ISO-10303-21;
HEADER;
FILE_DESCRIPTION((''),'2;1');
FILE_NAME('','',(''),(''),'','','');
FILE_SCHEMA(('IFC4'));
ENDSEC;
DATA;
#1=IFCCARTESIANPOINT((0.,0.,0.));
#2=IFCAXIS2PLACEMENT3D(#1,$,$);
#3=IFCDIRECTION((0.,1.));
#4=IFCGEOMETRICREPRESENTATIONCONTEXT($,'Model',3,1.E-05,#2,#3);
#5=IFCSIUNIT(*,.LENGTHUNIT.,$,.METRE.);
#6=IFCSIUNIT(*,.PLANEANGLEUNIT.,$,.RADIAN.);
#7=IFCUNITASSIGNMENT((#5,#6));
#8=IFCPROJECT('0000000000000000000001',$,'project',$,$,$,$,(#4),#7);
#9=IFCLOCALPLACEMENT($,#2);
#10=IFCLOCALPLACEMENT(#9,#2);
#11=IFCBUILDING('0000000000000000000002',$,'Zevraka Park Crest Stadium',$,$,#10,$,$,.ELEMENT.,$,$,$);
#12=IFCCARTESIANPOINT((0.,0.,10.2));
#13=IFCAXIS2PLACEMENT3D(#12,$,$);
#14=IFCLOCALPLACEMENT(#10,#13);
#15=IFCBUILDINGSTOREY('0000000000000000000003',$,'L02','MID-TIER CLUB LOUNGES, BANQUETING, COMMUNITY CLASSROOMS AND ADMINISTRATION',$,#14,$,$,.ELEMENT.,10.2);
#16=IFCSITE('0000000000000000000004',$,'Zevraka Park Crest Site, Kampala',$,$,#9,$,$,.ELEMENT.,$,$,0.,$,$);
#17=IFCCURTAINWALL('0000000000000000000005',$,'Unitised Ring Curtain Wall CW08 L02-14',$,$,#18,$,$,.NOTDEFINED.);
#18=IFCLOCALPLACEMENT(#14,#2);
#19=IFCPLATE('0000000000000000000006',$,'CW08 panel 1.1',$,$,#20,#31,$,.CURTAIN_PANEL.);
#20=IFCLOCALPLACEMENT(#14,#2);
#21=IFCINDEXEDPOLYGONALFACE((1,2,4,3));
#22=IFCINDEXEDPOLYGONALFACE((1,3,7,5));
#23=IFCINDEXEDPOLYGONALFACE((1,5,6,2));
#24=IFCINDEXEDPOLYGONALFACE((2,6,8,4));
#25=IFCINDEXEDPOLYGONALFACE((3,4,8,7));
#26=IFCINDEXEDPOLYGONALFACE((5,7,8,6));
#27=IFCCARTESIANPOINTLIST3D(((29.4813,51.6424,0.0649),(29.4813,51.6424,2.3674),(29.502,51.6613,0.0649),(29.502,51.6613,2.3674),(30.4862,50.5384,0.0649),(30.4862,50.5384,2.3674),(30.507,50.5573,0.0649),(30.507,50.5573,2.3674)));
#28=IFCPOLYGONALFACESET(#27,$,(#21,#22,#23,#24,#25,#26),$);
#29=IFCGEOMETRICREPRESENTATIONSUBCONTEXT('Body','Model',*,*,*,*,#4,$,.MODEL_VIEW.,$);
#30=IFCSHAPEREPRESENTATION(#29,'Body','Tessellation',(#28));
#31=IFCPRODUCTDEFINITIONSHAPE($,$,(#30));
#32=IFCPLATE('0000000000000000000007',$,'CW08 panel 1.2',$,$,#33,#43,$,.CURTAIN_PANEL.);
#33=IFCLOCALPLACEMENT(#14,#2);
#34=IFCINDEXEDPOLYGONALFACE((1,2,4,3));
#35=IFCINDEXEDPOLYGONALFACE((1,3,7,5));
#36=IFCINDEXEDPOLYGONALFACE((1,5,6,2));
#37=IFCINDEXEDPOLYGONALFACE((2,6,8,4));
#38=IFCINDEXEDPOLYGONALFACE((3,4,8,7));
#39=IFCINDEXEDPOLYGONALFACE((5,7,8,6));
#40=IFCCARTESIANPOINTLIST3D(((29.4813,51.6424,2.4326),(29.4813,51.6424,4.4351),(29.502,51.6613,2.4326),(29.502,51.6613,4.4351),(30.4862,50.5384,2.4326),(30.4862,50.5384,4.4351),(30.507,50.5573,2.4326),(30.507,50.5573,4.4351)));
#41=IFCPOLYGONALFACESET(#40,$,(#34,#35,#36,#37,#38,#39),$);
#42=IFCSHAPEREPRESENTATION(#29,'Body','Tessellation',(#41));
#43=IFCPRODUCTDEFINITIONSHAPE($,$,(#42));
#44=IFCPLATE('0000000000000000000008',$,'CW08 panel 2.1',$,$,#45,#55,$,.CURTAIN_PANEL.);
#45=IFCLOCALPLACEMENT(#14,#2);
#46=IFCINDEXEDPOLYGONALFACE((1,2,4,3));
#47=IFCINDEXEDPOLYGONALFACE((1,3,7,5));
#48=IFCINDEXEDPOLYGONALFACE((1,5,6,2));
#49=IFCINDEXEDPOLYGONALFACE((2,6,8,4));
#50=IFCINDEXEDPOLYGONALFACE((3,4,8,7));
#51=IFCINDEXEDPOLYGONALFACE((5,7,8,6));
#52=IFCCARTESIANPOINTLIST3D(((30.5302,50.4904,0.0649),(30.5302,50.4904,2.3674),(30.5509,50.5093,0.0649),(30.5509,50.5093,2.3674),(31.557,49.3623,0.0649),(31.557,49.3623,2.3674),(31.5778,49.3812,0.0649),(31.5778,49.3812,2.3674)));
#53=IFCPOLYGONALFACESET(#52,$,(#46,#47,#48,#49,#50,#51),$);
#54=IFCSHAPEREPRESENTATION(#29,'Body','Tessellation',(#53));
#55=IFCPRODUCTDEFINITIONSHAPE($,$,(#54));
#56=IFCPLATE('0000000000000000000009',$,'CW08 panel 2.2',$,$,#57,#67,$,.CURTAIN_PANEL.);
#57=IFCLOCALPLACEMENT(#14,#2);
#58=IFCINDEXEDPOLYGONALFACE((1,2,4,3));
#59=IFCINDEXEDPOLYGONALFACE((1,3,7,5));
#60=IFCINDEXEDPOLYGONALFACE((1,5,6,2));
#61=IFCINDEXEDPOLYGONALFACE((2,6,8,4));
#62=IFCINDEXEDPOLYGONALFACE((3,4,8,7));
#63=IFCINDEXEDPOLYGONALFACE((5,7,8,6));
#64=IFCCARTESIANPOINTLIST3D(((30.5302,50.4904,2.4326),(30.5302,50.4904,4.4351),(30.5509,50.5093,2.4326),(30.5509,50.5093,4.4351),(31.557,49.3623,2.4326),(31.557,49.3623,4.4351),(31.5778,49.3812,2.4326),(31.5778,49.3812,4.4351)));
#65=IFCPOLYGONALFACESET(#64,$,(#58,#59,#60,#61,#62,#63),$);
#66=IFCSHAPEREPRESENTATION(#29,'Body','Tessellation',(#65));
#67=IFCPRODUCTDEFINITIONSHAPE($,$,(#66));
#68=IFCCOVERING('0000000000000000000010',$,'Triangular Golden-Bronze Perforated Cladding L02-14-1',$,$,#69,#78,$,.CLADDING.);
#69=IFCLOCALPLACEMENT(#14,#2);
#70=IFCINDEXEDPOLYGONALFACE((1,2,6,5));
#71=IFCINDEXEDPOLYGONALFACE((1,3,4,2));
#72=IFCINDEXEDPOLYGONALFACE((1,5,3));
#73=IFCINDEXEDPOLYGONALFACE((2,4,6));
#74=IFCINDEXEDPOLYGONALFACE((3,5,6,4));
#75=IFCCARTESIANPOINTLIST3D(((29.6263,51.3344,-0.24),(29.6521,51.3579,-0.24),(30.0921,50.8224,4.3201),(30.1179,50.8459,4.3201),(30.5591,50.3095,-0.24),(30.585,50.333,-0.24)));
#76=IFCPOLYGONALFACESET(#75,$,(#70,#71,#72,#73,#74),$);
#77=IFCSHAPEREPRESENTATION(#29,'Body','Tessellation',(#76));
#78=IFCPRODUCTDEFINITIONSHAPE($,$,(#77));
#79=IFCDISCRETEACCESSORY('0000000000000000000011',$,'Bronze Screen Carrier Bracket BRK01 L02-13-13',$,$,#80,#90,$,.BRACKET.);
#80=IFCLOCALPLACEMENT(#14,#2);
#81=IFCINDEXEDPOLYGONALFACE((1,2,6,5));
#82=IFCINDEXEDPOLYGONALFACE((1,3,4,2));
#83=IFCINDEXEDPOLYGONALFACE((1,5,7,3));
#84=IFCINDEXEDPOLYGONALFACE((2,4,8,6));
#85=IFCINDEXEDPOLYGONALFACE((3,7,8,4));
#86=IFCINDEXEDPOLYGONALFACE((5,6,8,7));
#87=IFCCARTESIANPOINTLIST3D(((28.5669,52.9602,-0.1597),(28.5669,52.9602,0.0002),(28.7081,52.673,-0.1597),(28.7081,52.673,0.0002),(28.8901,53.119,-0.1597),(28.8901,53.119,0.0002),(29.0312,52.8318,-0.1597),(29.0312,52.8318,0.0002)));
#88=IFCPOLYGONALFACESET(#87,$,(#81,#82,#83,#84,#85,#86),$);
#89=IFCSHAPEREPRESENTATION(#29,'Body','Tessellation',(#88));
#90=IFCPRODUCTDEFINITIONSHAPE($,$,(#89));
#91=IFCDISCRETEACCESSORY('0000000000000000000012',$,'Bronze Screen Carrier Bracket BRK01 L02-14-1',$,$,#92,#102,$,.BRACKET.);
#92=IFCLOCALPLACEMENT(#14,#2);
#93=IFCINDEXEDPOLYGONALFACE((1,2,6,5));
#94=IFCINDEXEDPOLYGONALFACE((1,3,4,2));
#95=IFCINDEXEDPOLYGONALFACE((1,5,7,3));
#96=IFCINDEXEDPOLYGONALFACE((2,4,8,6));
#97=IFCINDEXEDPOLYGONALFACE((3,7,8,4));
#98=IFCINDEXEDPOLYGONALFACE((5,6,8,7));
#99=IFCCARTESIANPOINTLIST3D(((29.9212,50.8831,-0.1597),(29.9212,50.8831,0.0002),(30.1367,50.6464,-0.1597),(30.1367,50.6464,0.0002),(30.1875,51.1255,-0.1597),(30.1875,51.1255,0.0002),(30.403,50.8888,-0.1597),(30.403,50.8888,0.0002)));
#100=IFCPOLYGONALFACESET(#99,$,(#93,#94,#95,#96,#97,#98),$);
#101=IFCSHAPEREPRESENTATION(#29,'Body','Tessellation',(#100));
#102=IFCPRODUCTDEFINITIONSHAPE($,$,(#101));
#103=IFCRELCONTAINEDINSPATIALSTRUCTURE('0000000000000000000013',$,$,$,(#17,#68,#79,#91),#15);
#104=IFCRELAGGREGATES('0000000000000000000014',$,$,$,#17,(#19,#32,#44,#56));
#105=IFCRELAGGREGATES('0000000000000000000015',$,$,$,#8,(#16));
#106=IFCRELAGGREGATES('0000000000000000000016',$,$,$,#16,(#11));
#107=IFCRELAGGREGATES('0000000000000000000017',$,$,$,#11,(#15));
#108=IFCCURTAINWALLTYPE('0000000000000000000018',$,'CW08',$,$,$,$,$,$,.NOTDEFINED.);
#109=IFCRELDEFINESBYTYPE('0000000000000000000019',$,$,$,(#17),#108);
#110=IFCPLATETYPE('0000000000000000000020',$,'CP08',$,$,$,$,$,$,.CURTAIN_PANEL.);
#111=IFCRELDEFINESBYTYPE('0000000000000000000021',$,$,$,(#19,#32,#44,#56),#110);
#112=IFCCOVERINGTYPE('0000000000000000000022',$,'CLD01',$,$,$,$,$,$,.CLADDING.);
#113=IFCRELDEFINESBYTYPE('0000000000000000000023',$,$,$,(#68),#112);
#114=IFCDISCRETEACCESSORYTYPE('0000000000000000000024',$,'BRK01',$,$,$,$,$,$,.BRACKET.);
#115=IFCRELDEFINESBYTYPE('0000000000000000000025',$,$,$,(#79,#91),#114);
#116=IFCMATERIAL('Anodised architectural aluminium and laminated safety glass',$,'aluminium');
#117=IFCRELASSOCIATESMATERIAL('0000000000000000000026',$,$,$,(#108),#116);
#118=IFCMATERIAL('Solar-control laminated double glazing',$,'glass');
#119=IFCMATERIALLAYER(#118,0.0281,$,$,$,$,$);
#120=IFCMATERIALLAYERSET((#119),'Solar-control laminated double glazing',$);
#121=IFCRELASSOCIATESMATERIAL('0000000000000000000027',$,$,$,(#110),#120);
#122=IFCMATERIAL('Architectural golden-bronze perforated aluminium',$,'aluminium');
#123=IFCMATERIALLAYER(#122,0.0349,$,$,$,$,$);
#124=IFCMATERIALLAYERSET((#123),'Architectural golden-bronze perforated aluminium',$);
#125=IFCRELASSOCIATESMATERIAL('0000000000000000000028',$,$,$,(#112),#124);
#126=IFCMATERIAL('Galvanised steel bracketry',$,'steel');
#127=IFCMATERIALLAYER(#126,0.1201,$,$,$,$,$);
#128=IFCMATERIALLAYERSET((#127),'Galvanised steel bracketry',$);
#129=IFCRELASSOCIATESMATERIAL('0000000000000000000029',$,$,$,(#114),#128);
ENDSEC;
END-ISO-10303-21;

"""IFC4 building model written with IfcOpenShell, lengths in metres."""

from ifc_helpers import new_model, si_unit, direction, frame, origin, origin_2d, place, context, subcontext, project, spatial, polyline, rectangle, outline, extrude, material, layer, layer_set, type_object, element, aggregate, save


model = new_model("IFC4")

# Units and contexts
model_context = context("Model", 3, precision=1e-05, world=origin(), true_north=direction((0.0, 1.0)))
body_context = subcontext(model_context, "Body", "Model", "MODEL_VIEW")
ifc_project = project(units=[si_unit("LENGTHUNIT", "METRE"), si_unit("PLANEANGLEUNIT", "RADIAN")], contexts=[model_context])

# Site, building, storey
site_placement = place(None, origin())
site = spatial("IfcSite", under=ifc_project, at=site_placement, Name="Zevraka Park Crest Site, Kampala", CompositionType="ELEMENT", RefElevation=0.0)
building_placement = place(site_placement, origin())
building = spatial("IfcBuilding", under=site, at=building_placement, Name="Zevraka Park Crest Stadium", CompositionType="ELEMENT")
storey_placement = place(building_placement, frame((0.0, 0.0, 10.2)))
storey = spatial("IfcBuildingStorey", under=building, at=storey_placement, Name="L02", Description="MID-TIER CLUB LOUNGES, BANQUETING, COMMUNITY CLASSROOMS AND ADMINISTRATION", CompositionType="ELEMENT", Elevation=10.2)

# Curtain wall
ifc_material_1 = material(Name="Anodised architectural aluminium and laminated safety glass", Category="aluminium")
curtain_wall_type_1 = type_object("IfcCurtainWallType", Name="CW08", PredefinedType="NOTDEFINED", material=ifc_material_1)
curtain_wall_1_placement = place(storey_placement, origin())
curtain_wall_1 = element("IfcCurtainWall", 1, at=curtain_wall_1_placement, inside=storey, type_object=curtain_wall_type_1, Name="Unitised Ring Curtain Wall CW08 L02-14", PredefinedType="NOTDEFINED")

# Plates
ifc_material_2 = material(Name="Solar-control laminated double glazing", Category="glass")
ifc_layer_1 = layer(ifc_material_2, 0.0281)
ifc_layer_set_1 = layer_set([ifc_layer_1], Name="Solar-control laminated double glazing")
plate_type_1 = type_object("IfcPlateType", Name="CP08", PredefinedType="CURTAIN_PANEL", material=ifc_layer_set_1)
plate_1_placement = place(storey_placement, frame((29.9941, 51.0999, 0.0649), z_axis=(0.0, 0.0, 1.0), x_axis=(0.67316, -0.739497, 0.0)))
plate_1 = element("IfcPlate", 2, at=plate_1_placement, type_object=plate_type_1, Name="CW08 panel 1.1", PredefinedType="CURTAIN_PANEL", context=body_context, shape_type="SweptSolid", body=[
    extrude(rectangle(XDim=1.4929, YDim=0.0281, at=origin_2d()), origin(), (0.0, 0.0, 1.0), 2.3025),
])
plate_2_placement = place(storey_placement, frame((29.9941, 51.0999, 2.4326), z_axis=(0.0, 0.0, 1.0), x_axis=(0.67316, -0.739497, 0.0)))
plate_2 = element("IfcPlate", 3, at=plate_2_placement, type_object=plate_type_1, Name="CW08 panel 1.2", PredefinedType="CURTAIN_PANEL", context=body_context, shape_type="SweptSolid", body=[
    extrude(rectangle(XDim=1.4929, YDim=0.0281, at=origin_2d()), origin(), (0.0, 0.0, 1.0), 2.0024),
])
plate_3_placement = place(storey_placement, frame((31.054, 49.9358, 0.0649), z_axis=(0.0, 0.0, 1.0), x_axis=(0.67316, -0.739497, 0.0)))
plate_3 = element("IfcPlate", 4, at=plate_3_placement, type_object=plate_type_1, Name="CW08 panel 2.1", PredefinedType="CURTAIN_PANEL", context=body_context, shape_type="SweptSolid", body=[
    extrude(rectangle(XDim=1.5254, YDim=0.0281, at=origin_2d()), origin(), (0.0, 0.0, 1.0), 2.3025),
])
plate_4_placement = place(storey_placement, frame((31.054, 49.9358, 2.4326), z_axis=(0.0, 0.0, 1.0), x_axis=(0.67316, -0.739497, 0.0)))
plate_4 = element("IfcPlate", 5, at=plate_4_placement, type_object=plate_type_1, Name="CW08 panel 2.2", PredefinedType="CURTAIN_PANEL", context=body_context, shape_type="SweptSolid", body=[
    extrude(rectangle(XDim=1.5254, YDim=0.0281, at=origin_2d()), origin(), (0.0, 0.0, 1.0), 2.0024),
])
aggregate(curtain_wall_1, [plate_1, plate_2, plate_3, plate_4])

# Covering
ifc_material_3 = material(Name="Architectural golden-bronze perforated aluminium", Category="aluminium")
ifc_layer_2 = layer(ifc_material_3, 0.0349)
ifc_layer_set_2 = layer_set([ifc_layer_2], Name="Architectural golden-bronze perforated aluminium")
covering_type = type_object("IfcCoveringType", Name="CLD01", PredefinedType="CLADDING", material=ifc_layer_set_2)
covering_placement = place(storey_placement, frame((29.6521, 51.3579, -0.24), z_axis=(0.739533, 0.67312, 0.000027), x_axis=(0.67312, -0.739533, 0.0)))
element("IfcCovering", 6, at=covering_placement, inside=storey, type_object=covering_type, Name="Triangular Golden-Bronze Perforated Cladding L02-14-1", PredefinedType="CLADDING", context=body_context, shape_type="SweptSolid", body=[
    extrude(outline(polyline([(0.0, 0.0), (1.3859, 0.0), (0.6922, -4.5601), (0.0, 0.0)])), origin(), (0.0, 0.0, -1.0), 0.0349),
])

# Discrete accessories
ifc_material_4 = material(Name="Galvanised steel bracketry", Category="steel")
ifc_layer_3 = layer(ifc_material_4, 0.1201)
ifc_layer_set_3 = layer_set([ifc_layer_3], Name="Galvanised steel bracketry")
discrete_accessory_type = type_object("IfcDiscreteAccessoryType", Name="BRK01", PredefinedType="BRACKET", material=ifc_layer_set_3)
for number, where, z_axis, x_axis, name in (
    (7, (28.7991, 52.896, -0.1597), (0.0, 0.0, 1.0), (0.441036, -0.897489, 0.0), "Bronze Screen Carrier Bracket BRK01 L02-13-13"),
    (8, (30.1621, 50.886, -0.1597), (0.0, 0.0, 1.0), (0.673142, -0.739514, 0.0), "Bronze Screen Carrier Bracket BRK01 L02-14-1"),
):
    element("IfcDiscreteAccessory", number, at=place(storey_placement, frame(where, z_axis=z_axis, x_axis=x_axis)), inside=storey, type_object=discrete_accessory_type, Name=name, PredefinedType="BRACKET", context=body_context, shape_type="SweptSolid", body=[
        extrude(rectangle(XDim=0.3201, YDim=0.3601, at=origin_2d()), origin(), (0.0, 0.0, 1.0), 0.1599),
    ])

save(model, "model.ifc")
